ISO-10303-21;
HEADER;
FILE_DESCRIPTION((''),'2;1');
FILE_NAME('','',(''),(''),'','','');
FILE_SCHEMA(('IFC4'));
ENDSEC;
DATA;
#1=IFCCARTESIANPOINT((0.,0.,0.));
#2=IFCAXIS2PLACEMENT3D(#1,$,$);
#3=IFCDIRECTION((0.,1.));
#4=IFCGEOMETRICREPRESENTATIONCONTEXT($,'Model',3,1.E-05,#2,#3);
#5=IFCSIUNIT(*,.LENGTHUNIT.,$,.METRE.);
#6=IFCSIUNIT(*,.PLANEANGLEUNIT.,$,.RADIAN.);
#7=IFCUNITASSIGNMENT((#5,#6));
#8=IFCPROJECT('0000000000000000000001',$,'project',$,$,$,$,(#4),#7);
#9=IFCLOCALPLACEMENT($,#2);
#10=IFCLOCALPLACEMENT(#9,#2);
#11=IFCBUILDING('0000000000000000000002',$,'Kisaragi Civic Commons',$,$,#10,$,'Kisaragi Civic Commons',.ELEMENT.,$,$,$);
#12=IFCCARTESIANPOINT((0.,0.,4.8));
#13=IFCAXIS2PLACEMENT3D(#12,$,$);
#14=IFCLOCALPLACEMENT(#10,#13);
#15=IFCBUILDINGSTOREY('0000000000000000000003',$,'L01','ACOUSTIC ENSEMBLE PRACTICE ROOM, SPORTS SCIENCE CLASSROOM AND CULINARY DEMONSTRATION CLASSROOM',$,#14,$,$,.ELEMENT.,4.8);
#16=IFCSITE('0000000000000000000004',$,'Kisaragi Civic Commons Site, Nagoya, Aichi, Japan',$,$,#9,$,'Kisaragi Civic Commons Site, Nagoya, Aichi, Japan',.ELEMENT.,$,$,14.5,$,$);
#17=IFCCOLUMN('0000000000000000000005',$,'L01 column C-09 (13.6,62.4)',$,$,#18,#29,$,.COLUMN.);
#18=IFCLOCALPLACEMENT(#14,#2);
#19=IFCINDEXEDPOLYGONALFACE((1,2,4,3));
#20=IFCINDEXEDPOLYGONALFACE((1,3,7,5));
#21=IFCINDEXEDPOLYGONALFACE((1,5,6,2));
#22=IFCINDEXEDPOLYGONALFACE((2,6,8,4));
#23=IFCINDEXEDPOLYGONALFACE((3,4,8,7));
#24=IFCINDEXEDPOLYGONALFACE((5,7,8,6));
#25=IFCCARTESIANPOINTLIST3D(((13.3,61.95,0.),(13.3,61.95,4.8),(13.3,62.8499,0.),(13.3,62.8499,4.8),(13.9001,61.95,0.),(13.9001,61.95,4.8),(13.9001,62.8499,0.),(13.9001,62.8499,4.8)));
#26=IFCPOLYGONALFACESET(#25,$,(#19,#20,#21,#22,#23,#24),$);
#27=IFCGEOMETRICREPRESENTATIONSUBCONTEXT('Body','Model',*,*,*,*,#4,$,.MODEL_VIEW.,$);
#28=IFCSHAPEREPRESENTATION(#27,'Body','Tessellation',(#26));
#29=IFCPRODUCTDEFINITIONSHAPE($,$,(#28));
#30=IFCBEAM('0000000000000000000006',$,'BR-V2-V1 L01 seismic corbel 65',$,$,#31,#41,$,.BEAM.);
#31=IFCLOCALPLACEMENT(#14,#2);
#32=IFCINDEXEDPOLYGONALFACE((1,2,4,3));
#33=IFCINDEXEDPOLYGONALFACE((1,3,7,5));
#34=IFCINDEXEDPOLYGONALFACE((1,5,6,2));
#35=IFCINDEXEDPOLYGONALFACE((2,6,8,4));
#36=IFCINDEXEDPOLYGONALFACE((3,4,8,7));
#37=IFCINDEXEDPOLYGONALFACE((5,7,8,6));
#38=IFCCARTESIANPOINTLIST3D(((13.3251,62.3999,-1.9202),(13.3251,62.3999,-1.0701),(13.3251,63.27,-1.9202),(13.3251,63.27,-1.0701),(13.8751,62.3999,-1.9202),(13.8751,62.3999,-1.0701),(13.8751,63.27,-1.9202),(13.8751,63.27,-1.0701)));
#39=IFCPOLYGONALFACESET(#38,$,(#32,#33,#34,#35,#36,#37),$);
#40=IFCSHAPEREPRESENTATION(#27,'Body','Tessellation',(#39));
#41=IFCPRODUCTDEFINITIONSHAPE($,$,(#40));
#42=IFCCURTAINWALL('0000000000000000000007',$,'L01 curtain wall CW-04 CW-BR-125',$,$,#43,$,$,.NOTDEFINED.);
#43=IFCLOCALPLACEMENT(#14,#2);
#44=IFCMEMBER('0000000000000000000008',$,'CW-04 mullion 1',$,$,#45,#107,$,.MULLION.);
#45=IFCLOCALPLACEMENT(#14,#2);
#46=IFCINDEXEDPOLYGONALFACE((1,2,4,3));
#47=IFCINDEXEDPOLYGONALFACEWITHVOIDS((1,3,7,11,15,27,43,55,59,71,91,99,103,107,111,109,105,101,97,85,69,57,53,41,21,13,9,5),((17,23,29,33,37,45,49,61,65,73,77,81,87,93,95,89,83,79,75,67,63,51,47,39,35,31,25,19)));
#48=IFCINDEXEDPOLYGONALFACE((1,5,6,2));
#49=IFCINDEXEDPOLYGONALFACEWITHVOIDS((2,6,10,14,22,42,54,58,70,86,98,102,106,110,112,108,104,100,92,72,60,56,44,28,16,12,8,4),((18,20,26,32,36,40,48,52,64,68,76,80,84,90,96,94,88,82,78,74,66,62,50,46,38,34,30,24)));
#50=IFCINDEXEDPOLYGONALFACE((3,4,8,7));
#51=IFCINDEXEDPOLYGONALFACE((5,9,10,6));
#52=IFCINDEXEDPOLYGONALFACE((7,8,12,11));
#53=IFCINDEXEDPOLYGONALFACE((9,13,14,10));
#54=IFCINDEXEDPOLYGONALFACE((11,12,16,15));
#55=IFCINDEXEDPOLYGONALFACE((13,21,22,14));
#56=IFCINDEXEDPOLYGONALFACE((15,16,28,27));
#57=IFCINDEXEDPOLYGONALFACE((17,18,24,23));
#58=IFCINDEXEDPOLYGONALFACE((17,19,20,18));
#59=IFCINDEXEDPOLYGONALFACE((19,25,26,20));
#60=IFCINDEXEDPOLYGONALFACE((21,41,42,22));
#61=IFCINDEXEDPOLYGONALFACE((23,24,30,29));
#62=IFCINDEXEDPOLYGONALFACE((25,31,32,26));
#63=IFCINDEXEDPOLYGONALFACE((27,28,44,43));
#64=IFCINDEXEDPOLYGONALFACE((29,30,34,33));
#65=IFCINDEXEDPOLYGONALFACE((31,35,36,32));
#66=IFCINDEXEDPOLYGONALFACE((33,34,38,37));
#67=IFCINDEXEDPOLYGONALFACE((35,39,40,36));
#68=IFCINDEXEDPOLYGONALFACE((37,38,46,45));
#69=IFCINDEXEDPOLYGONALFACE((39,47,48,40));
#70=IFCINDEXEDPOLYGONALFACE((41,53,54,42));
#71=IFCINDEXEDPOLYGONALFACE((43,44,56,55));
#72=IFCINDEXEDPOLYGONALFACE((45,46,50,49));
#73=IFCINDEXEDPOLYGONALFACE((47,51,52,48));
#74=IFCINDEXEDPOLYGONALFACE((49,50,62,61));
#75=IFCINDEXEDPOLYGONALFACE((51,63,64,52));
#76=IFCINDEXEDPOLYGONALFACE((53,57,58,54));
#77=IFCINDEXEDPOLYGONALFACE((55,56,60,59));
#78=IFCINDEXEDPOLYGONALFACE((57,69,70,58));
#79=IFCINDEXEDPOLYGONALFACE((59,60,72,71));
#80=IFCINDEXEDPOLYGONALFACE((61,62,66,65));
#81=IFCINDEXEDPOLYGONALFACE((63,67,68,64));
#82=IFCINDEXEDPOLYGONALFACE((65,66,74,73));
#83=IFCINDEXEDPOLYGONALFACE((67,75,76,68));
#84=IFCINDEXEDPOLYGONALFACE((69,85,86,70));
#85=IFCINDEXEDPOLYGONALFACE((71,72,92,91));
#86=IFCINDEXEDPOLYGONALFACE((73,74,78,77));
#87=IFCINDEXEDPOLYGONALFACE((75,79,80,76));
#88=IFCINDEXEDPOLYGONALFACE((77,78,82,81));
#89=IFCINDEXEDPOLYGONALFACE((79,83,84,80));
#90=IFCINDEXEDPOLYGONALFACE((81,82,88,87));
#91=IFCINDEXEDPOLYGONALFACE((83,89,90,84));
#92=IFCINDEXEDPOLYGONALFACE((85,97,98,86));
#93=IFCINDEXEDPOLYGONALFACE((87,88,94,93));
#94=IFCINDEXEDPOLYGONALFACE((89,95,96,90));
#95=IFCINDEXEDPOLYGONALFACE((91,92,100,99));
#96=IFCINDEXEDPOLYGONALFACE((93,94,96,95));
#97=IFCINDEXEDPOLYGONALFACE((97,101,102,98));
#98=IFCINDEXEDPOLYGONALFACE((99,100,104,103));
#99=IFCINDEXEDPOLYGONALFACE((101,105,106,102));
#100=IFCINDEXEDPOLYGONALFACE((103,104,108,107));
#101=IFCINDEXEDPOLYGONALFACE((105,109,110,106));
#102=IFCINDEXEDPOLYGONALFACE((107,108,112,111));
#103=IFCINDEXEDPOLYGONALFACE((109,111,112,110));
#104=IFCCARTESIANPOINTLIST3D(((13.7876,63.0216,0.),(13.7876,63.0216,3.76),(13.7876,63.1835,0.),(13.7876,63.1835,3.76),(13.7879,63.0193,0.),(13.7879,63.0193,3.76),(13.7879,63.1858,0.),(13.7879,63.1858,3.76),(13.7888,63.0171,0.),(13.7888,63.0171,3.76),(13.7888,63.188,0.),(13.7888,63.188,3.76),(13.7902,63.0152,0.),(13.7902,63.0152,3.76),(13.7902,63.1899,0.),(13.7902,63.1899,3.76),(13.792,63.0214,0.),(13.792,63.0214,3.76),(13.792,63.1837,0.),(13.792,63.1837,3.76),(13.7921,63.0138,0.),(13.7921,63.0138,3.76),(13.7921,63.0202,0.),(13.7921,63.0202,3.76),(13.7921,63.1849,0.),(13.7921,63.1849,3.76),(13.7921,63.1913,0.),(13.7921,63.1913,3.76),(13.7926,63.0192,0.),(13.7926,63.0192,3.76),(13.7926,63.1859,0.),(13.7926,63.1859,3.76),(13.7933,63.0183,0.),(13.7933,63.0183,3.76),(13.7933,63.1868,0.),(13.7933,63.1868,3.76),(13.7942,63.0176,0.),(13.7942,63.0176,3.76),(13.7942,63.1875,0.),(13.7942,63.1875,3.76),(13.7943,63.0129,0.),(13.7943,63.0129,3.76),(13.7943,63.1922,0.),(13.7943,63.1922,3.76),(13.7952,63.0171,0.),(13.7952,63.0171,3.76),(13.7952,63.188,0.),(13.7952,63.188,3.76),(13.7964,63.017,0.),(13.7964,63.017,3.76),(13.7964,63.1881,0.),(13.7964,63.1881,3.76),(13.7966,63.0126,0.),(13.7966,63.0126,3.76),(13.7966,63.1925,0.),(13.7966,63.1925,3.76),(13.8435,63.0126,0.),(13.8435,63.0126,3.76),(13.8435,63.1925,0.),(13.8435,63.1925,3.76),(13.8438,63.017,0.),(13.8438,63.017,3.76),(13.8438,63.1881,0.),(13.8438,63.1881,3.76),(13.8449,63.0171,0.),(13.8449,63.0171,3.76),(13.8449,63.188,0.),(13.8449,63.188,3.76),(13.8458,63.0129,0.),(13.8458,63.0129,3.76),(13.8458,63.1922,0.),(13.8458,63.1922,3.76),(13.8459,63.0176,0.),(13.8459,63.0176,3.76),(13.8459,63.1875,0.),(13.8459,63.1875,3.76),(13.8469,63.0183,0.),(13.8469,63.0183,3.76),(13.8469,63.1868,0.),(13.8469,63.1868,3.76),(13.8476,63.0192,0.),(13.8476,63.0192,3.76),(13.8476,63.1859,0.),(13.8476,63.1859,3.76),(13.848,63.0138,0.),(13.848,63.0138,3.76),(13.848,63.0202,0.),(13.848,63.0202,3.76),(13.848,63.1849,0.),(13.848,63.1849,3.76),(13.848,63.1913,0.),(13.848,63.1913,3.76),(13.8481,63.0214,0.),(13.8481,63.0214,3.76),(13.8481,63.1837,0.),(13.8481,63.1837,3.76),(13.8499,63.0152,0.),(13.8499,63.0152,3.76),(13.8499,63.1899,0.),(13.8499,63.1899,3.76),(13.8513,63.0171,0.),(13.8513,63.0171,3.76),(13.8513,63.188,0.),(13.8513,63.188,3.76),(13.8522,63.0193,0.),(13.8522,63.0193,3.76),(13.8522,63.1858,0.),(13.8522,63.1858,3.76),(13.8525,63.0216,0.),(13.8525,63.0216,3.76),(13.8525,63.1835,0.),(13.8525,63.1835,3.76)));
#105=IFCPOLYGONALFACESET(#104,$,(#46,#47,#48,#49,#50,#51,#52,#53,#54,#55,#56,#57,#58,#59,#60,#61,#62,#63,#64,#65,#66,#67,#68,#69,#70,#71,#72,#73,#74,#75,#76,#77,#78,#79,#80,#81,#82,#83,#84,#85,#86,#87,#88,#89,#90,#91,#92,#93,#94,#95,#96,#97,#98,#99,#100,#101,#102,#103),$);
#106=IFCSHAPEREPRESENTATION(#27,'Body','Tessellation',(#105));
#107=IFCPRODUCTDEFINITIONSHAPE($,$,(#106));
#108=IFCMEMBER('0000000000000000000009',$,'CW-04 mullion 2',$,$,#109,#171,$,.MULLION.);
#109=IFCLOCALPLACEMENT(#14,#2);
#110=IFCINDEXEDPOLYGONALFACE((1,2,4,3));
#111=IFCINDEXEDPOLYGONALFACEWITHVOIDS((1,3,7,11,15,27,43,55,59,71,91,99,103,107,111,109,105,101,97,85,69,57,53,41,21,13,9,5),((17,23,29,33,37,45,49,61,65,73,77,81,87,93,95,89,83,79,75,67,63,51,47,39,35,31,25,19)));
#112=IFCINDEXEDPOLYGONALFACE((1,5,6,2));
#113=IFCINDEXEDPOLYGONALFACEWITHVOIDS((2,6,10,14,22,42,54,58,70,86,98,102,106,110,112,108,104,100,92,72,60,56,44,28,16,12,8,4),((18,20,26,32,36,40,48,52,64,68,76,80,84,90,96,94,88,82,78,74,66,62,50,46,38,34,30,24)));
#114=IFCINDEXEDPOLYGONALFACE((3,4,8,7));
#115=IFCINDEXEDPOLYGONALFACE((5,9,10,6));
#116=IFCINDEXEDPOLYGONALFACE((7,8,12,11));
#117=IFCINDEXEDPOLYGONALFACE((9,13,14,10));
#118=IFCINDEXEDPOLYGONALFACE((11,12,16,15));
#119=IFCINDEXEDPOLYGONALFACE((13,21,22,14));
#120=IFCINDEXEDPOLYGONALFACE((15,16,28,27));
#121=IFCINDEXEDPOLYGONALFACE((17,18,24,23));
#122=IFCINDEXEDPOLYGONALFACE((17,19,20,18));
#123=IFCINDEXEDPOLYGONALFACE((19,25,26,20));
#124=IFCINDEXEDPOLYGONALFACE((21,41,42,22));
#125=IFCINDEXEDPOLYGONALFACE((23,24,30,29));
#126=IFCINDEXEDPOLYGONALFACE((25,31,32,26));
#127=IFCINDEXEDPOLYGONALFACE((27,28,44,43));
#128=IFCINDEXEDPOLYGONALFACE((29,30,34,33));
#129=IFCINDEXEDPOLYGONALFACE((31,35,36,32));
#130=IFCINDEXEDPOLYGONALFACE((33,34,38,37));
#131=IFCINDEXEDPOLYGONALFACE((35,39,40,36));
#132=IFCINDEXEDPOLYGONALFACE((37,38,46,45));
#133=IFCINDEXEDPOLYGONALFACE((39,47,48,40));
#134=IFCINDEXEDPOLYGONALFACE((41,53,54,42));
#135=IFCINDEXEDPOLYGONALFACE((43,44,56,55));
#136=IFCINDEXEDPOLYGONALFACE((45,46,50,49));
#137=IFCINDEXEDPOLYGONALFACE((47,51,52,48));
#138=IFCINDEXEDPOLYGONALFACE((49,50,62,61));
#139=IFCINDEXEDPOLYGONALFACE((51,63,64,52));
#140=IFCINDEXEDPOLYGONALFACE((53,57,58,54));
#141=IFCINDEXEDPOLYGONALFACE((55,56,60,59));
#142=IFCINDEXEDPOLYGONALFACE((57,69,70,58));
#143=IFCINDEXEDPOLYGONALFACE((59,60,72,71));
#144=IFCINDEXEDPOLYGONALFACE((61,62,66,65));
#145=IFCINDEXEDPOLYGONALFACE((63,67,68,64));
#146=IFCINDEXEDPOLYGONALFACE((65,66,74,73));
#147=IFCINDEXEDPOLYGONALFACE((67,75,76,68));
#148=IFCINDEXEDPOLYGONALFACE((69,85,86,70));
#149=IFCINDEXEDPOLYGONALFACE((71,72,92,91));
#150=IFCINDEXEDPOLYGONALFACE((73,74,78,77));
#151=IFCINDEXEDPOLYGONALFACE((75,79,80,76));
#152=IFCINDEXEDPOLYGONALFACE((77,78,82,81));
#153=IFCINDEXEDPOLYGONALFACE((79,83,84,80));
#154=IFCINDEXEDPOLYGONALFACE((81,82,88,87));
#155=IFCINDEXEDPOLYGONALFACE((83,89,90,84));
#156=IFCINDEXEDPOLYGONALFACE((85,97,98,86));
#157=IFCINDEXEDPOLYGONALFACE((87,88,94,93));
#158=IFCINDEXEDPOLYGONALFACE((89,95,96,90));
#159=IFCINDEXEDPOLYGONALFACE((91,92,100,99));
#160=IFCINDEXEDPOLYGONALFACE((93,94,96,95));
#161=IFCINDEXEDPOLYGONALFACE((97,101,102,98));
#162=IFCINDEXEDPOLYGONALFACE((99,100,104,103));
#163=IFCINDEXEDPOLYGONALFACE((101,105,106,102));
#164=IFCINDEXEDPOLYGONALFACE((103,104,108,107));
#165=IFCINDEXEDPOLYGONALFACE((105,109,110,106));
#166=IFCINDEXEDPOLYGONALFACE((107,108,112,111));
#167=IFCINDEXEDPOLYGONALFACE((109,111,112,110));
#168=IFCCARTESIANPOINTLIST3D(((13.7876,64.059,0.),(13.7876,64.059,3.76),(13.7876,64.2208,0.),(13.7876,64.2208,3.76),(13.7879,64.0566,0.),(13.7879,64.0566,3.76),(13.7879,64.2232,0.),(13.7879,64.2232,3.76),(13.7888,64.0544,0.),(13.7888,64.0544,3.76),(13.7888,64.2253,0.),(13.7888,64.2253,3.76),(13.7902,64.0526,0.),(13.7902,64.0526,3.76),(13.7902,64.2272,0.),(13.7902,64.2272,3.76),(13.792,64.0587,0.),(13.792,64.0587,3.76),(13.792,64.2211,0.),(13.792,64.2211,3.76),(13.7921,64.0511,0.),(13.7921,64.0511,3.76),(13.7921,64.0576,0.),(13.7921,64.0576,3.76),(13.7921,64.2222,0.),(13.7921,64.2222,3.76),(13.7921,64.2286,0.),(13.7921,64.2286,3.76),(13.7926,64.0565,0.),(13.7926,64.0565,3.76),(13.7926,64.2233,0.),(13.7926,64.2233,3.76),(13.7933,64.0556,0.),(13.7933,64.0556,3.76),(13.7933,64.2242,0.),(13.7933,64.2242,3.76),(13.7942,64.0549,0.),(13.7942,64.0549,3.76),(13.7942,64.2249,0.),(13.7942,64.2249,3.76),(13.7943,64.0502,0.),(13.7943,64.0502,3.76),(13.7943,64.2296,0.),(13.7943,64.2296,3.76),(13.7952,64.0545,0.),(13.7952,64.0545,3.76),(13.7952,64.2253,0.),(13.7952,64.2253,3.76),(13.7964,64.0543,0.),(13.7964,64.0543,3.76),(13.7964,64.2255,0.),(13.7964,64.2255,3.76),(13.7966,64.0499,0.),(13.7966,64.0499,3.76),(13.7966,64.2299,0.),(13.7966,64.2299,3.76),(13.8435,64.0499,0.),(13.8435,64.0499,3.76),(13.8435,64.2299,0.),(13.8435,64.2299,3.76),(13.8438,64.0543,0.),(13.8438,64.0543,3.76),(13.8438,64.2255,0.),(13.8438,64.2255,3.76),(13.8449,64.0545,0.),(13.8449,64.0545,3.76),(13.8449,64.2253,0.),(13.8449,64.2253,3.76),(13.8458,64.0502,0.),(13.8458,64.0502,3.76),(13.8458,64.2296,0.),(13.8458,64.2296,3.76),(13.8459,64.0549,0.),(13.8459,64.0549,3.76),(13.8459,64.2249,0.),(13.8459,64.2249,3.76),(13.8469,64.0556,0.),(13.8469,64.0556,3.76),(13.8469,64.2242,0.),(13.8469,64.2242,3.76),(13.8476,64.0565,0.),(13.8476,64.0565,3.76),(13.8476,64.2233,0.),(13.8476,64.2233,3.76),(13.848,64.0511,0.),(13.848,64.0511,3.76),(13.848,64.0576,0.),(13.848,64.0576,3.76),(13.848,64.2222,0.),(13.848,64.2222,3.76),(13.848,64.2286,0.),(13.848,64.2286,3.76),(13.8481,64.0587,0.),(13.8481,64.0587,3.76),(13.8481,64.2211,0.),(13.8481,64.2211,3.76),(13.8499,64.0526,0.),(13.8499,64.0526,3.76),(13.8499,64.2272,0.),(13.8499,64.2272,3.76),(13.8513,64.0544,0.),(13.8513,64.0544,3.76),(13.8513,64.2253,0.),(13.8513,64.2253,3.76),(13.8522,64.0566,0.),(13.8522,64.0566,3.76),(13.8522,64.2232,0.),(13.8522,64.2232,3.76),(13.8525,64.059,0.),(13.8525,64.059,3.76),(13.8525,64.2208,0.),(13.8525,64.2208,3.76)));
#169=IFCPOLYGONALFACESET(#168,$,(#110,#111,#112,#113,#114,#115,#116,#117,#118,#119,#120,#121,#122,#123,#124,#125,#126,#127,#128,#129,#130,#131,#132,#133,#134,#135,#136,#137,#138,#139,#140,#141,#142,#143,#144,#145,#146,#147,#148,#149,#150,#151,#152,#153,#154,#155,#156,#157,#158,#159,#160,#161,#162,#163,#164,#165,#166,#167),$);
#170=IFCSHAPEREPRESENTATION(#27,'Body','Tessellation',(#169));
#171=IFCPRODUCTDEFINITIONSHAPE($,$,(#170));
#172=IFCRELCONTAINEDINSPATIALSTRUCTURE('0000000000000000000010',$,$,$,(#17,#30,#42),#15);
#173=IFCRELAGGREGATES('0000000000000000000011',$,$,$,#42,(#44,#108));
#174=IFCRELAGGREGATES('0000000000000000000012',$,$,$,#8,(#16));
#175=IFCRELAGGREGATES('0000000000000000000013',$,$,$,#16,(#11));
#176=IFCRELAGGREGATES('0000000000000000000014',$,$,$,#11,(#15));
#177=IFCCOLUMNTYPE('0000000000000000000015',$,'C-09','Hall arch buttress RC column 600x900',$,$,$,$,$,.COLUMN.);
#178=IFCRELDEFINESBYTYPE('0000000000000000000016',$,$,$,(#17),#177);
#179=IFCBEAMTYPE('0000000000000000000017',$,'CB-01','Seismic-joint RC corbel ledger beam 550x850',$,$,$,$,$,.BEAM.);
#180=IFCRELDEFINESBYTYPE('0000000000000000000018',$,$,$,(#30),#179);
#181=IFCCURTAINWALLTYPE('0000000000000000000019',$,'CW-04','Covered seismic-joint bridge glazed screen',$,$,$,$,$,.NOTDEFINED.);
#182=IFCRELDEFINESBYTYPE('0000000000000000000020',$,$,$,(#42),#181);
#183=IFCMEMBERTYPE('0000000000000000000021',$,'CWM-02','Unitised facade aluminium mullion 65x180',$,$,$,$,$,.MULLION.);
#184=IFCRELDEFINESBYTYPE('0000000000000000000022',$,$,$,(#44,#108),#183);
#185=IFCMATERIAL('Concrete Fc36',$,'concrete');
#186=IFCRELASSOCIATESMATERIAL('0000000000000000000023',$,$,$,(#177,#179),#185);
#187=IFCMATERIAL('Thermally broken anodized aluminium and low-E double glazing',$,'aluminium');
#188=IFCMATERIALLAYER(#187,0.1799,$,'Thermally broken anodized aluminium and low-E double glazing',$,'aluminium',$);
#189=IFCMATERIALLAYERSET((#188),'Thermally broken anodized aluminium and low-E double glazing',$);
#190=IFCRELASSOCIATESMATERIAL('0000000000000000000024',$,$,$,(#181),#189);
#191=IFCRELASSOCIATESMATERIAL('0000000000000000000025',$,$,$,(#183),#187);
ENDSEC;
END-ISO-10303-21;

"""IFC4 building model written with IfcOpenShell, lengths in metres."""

from ifc_helpers import new_model, si_unit, direction, frame, origin, origin_2d, place, context, subcontext, project, spatial, rectangle, hollow_rectangle, extrude, material, layer, layer_set, material_profile, profile_set, type_object, element, aggregate, save


model = new_model("IFC4")

# Units and contexts
model_context = context("Model", 3, precision=1e-05, world=origin(), true_north=direction((0.0, 1.0)))
body_context = subcontext(model_context, "Body", "Model", "MODEL_VIEW")
ifc_project = project(units=[si_unit("LENGTHUNIT", "METRE"), si_unit("PLANEANGLEUNIT", "RADIAN")], contexts=[model_context])

# Site, building, storey
site_placement = place(None, origin())
site = spatial("IfcSite", under=ifc_project, at=site_placement, Name="Kisaragi Civic Commons Site, Nagoya, Aichi, Japan", LongName="Kisaragi Civic Commons Site, Nagoya, Aichi, Japan", CompositionType="ELEMENT", RefElevation=14.5)
building_placement = place(site_placement, origin())
building = spatial("IfcBuilding", under=site, at=building_placement, Name="Kisaragi Civic Commons", LongName="Kisaragi Civic Commons", CompositionType="ELEMENT")
storey_placement = place(building_placement, frame((0.0, 0.0, 4.8)))
storey = spatial("IfcBuildingStorey", under=building, at=storey_placement, Name="L01", Description="ACOUSTIC ENSEMBLE PRACTICE ROOM, SPORTS SCIENCE CLASSROOM AND CULINARY DEMONSTRATION CLASSROOM", CompositionType="ELEMENT", Elevation=4.8)

# Column
ifc_material_1 = material(Name="Concrete Fc36", Category="concrete")
ifc_material_profile_1 = material_profile(ifc_material_1, rectangle(XDim=0.6001, YDim=0.8999, at=origin_2d()), Name="RC-600x900", Category="concrete")
ifc_profile_set_1 = profile_set([ifc_material_profile_1], Name="Concrete Fc36")
column_type = type_object("IfcColumnType", Name="C-09", Description="Hall arch buttress RC column 600x900", PredefinedType="COLUMN", material=ifc_profile_set_1)
column_placement = place(storey_placement, frame((13.6001, 62.3999, 0.0), z_axis=(0.0, 0.0, 1.0), x_axis=(1.0, 0.0, 0.0)))
element("IfcColumn", 1, at=column_placement, inside=storey, type_object=column_type, Name="L01 column C-09 (13.6,62.4)", PredefinedType="COLUMN", context=body_context, shape_type="SweptSolid", body=[
    extrude(rectangle(XDim=0.6001, YDim=0.8999, at=origin_2d()), origin(), (0.0, 0.0, 1.0), 4.8),
])

# Beam
ifc_material_profile_2 = material_profile(ifc_material_1, rectangle(XDim=0.55, YDim=0.8501, at=origin_2d()), Name="RC-550x850", Category="concrete")
ifc_profile_set_2 = profile_set([ifc_material_profile_2], Name="Concrete Fc36")
beam_type = type_object("IfcBeamType", Name="CB-01", Description="Seismic-joint RC corbel ledger beam 550x850", PredefinedType="BEAM", material=ifc_profile_set_2)
beam_placement = place(storey_placement, frame((13.6001, 62.3999, -1.4951), z_axis=(0.0, 1.0, 0.0), x_axis=(-1.0, 0.0, 0.0)))
element("IfcBeam", 2, at=beam_placement, inside=storey, type_object=beam_type, Name="BR-V2-V1 L01 seismic corbel 65", PredefinedType="BEAM", context=body_context, shape_type="SweptSolid", body=[
    extrude(rectangle(XDim=0.55, YDim=0.8501, at=origin_2d()), origin(), (0.0, 0.0, 1.0), 0.8701),
])

# Curtain wall, members
ifc_material_2 = material(Name="Thermally broken anodized aluminium and low-E double glazing", Category="aluminium")
ifc_layer_1 = layer(ifc_material_2, 0.1799, Name="Thermally broken anodized aluminium and low-E double glazing", Category="aluminium")
ifc_layer_set_1 = layer_set([ifc_layer_1], Name="Thermally broken anodized aluminium and low-E double glazing")
curtain_wall_type = type_object("IfcCurtainWallType", Name="CW-04", Description="Covered seismic-joint bridge glazed screen", PredefinedType="NOTDEFINED", material=ifc_layer_set_1)
curtain_wall_placement = place(storey_placement, origin())
curtain_wall = element("IfcCurtainWall", 3, at=curtain_wall_placement, inside=storey, type_object=curtain_wall_type, Name="L01 curtain wall CW-04 CW-BR-125", PredefinedType="NOTDEFINED")
ifc_material_profile_3 = material_profile(ifc_material_2, hollow_rectangle(XDim=0.0649, YDim=0.1799, WallThickness=0.0044, InnerFilletRadius=0.0044, OuterFilletRadius=0.009, at=origin_2d()), Name="CWM-65x180x4.5", Category="aluminium")
ifc_profile_set_3 = profile_set([ifc_material_profile_3], Name="Thermally broken anodized aluminium and low-E double glazing")
member_type_1 = type_object("IfcMemberType", Name="CWM-02", Description="Unitised facade aluminium mullion 65x180", PredefinedType="MULLION", material=ifc_profile_set_3)
member_1_placement = place(storey_placement, frame((13.8201, 63.1025, 0.0), z_axis=(0.0, 0.0, 1.0), x_axis=(-1.0, 0.0, 0.0)))
member_1 = element("IfcMember", 4, at=member_1_placement, type_object=member_type_1, Name="CW-04 mullion 1", PredefinedType="MULLION", context=body_context, shape_type="SweptSolid", body=[
    extrude(hollow_rectangle(XDim=0.0649, YDim=0.1799, WallThickness=0.0044, InnerFilletRadius=0.0044, OuterFilletRadius=0.009, at=origin_2d()), origin(), (0.0, 0.0, 1.0), 3.76),
])
member_2_placement = place(storey_placement, frame((13.8201, 64.1399, 0.0), z_axis=(0.0, 0.0, 1.0), x_axis=(-1.0, 0.0, 0.0)))
member_2 = element("IfcMember", 5, at=member_2_placement, type_object=member_type_1, Name="CW-04 mullion 2", PredefinedType="MULLION", context=body_context, shape_type="SweptSolid", body=[
    extrude(hollow_rectangle(XDim=0.0649, YDim=0.1799, WallThickness=0.0044, InnerFilletRadius=0.0044, OuterFilletRadius=0.009, at=origin_2d()), origin(), (0.0, 0.0, 1.0), 3.76),
])
aggregate(curtain_wall, [member_1, member_2])

save(model, "model.ifc")
